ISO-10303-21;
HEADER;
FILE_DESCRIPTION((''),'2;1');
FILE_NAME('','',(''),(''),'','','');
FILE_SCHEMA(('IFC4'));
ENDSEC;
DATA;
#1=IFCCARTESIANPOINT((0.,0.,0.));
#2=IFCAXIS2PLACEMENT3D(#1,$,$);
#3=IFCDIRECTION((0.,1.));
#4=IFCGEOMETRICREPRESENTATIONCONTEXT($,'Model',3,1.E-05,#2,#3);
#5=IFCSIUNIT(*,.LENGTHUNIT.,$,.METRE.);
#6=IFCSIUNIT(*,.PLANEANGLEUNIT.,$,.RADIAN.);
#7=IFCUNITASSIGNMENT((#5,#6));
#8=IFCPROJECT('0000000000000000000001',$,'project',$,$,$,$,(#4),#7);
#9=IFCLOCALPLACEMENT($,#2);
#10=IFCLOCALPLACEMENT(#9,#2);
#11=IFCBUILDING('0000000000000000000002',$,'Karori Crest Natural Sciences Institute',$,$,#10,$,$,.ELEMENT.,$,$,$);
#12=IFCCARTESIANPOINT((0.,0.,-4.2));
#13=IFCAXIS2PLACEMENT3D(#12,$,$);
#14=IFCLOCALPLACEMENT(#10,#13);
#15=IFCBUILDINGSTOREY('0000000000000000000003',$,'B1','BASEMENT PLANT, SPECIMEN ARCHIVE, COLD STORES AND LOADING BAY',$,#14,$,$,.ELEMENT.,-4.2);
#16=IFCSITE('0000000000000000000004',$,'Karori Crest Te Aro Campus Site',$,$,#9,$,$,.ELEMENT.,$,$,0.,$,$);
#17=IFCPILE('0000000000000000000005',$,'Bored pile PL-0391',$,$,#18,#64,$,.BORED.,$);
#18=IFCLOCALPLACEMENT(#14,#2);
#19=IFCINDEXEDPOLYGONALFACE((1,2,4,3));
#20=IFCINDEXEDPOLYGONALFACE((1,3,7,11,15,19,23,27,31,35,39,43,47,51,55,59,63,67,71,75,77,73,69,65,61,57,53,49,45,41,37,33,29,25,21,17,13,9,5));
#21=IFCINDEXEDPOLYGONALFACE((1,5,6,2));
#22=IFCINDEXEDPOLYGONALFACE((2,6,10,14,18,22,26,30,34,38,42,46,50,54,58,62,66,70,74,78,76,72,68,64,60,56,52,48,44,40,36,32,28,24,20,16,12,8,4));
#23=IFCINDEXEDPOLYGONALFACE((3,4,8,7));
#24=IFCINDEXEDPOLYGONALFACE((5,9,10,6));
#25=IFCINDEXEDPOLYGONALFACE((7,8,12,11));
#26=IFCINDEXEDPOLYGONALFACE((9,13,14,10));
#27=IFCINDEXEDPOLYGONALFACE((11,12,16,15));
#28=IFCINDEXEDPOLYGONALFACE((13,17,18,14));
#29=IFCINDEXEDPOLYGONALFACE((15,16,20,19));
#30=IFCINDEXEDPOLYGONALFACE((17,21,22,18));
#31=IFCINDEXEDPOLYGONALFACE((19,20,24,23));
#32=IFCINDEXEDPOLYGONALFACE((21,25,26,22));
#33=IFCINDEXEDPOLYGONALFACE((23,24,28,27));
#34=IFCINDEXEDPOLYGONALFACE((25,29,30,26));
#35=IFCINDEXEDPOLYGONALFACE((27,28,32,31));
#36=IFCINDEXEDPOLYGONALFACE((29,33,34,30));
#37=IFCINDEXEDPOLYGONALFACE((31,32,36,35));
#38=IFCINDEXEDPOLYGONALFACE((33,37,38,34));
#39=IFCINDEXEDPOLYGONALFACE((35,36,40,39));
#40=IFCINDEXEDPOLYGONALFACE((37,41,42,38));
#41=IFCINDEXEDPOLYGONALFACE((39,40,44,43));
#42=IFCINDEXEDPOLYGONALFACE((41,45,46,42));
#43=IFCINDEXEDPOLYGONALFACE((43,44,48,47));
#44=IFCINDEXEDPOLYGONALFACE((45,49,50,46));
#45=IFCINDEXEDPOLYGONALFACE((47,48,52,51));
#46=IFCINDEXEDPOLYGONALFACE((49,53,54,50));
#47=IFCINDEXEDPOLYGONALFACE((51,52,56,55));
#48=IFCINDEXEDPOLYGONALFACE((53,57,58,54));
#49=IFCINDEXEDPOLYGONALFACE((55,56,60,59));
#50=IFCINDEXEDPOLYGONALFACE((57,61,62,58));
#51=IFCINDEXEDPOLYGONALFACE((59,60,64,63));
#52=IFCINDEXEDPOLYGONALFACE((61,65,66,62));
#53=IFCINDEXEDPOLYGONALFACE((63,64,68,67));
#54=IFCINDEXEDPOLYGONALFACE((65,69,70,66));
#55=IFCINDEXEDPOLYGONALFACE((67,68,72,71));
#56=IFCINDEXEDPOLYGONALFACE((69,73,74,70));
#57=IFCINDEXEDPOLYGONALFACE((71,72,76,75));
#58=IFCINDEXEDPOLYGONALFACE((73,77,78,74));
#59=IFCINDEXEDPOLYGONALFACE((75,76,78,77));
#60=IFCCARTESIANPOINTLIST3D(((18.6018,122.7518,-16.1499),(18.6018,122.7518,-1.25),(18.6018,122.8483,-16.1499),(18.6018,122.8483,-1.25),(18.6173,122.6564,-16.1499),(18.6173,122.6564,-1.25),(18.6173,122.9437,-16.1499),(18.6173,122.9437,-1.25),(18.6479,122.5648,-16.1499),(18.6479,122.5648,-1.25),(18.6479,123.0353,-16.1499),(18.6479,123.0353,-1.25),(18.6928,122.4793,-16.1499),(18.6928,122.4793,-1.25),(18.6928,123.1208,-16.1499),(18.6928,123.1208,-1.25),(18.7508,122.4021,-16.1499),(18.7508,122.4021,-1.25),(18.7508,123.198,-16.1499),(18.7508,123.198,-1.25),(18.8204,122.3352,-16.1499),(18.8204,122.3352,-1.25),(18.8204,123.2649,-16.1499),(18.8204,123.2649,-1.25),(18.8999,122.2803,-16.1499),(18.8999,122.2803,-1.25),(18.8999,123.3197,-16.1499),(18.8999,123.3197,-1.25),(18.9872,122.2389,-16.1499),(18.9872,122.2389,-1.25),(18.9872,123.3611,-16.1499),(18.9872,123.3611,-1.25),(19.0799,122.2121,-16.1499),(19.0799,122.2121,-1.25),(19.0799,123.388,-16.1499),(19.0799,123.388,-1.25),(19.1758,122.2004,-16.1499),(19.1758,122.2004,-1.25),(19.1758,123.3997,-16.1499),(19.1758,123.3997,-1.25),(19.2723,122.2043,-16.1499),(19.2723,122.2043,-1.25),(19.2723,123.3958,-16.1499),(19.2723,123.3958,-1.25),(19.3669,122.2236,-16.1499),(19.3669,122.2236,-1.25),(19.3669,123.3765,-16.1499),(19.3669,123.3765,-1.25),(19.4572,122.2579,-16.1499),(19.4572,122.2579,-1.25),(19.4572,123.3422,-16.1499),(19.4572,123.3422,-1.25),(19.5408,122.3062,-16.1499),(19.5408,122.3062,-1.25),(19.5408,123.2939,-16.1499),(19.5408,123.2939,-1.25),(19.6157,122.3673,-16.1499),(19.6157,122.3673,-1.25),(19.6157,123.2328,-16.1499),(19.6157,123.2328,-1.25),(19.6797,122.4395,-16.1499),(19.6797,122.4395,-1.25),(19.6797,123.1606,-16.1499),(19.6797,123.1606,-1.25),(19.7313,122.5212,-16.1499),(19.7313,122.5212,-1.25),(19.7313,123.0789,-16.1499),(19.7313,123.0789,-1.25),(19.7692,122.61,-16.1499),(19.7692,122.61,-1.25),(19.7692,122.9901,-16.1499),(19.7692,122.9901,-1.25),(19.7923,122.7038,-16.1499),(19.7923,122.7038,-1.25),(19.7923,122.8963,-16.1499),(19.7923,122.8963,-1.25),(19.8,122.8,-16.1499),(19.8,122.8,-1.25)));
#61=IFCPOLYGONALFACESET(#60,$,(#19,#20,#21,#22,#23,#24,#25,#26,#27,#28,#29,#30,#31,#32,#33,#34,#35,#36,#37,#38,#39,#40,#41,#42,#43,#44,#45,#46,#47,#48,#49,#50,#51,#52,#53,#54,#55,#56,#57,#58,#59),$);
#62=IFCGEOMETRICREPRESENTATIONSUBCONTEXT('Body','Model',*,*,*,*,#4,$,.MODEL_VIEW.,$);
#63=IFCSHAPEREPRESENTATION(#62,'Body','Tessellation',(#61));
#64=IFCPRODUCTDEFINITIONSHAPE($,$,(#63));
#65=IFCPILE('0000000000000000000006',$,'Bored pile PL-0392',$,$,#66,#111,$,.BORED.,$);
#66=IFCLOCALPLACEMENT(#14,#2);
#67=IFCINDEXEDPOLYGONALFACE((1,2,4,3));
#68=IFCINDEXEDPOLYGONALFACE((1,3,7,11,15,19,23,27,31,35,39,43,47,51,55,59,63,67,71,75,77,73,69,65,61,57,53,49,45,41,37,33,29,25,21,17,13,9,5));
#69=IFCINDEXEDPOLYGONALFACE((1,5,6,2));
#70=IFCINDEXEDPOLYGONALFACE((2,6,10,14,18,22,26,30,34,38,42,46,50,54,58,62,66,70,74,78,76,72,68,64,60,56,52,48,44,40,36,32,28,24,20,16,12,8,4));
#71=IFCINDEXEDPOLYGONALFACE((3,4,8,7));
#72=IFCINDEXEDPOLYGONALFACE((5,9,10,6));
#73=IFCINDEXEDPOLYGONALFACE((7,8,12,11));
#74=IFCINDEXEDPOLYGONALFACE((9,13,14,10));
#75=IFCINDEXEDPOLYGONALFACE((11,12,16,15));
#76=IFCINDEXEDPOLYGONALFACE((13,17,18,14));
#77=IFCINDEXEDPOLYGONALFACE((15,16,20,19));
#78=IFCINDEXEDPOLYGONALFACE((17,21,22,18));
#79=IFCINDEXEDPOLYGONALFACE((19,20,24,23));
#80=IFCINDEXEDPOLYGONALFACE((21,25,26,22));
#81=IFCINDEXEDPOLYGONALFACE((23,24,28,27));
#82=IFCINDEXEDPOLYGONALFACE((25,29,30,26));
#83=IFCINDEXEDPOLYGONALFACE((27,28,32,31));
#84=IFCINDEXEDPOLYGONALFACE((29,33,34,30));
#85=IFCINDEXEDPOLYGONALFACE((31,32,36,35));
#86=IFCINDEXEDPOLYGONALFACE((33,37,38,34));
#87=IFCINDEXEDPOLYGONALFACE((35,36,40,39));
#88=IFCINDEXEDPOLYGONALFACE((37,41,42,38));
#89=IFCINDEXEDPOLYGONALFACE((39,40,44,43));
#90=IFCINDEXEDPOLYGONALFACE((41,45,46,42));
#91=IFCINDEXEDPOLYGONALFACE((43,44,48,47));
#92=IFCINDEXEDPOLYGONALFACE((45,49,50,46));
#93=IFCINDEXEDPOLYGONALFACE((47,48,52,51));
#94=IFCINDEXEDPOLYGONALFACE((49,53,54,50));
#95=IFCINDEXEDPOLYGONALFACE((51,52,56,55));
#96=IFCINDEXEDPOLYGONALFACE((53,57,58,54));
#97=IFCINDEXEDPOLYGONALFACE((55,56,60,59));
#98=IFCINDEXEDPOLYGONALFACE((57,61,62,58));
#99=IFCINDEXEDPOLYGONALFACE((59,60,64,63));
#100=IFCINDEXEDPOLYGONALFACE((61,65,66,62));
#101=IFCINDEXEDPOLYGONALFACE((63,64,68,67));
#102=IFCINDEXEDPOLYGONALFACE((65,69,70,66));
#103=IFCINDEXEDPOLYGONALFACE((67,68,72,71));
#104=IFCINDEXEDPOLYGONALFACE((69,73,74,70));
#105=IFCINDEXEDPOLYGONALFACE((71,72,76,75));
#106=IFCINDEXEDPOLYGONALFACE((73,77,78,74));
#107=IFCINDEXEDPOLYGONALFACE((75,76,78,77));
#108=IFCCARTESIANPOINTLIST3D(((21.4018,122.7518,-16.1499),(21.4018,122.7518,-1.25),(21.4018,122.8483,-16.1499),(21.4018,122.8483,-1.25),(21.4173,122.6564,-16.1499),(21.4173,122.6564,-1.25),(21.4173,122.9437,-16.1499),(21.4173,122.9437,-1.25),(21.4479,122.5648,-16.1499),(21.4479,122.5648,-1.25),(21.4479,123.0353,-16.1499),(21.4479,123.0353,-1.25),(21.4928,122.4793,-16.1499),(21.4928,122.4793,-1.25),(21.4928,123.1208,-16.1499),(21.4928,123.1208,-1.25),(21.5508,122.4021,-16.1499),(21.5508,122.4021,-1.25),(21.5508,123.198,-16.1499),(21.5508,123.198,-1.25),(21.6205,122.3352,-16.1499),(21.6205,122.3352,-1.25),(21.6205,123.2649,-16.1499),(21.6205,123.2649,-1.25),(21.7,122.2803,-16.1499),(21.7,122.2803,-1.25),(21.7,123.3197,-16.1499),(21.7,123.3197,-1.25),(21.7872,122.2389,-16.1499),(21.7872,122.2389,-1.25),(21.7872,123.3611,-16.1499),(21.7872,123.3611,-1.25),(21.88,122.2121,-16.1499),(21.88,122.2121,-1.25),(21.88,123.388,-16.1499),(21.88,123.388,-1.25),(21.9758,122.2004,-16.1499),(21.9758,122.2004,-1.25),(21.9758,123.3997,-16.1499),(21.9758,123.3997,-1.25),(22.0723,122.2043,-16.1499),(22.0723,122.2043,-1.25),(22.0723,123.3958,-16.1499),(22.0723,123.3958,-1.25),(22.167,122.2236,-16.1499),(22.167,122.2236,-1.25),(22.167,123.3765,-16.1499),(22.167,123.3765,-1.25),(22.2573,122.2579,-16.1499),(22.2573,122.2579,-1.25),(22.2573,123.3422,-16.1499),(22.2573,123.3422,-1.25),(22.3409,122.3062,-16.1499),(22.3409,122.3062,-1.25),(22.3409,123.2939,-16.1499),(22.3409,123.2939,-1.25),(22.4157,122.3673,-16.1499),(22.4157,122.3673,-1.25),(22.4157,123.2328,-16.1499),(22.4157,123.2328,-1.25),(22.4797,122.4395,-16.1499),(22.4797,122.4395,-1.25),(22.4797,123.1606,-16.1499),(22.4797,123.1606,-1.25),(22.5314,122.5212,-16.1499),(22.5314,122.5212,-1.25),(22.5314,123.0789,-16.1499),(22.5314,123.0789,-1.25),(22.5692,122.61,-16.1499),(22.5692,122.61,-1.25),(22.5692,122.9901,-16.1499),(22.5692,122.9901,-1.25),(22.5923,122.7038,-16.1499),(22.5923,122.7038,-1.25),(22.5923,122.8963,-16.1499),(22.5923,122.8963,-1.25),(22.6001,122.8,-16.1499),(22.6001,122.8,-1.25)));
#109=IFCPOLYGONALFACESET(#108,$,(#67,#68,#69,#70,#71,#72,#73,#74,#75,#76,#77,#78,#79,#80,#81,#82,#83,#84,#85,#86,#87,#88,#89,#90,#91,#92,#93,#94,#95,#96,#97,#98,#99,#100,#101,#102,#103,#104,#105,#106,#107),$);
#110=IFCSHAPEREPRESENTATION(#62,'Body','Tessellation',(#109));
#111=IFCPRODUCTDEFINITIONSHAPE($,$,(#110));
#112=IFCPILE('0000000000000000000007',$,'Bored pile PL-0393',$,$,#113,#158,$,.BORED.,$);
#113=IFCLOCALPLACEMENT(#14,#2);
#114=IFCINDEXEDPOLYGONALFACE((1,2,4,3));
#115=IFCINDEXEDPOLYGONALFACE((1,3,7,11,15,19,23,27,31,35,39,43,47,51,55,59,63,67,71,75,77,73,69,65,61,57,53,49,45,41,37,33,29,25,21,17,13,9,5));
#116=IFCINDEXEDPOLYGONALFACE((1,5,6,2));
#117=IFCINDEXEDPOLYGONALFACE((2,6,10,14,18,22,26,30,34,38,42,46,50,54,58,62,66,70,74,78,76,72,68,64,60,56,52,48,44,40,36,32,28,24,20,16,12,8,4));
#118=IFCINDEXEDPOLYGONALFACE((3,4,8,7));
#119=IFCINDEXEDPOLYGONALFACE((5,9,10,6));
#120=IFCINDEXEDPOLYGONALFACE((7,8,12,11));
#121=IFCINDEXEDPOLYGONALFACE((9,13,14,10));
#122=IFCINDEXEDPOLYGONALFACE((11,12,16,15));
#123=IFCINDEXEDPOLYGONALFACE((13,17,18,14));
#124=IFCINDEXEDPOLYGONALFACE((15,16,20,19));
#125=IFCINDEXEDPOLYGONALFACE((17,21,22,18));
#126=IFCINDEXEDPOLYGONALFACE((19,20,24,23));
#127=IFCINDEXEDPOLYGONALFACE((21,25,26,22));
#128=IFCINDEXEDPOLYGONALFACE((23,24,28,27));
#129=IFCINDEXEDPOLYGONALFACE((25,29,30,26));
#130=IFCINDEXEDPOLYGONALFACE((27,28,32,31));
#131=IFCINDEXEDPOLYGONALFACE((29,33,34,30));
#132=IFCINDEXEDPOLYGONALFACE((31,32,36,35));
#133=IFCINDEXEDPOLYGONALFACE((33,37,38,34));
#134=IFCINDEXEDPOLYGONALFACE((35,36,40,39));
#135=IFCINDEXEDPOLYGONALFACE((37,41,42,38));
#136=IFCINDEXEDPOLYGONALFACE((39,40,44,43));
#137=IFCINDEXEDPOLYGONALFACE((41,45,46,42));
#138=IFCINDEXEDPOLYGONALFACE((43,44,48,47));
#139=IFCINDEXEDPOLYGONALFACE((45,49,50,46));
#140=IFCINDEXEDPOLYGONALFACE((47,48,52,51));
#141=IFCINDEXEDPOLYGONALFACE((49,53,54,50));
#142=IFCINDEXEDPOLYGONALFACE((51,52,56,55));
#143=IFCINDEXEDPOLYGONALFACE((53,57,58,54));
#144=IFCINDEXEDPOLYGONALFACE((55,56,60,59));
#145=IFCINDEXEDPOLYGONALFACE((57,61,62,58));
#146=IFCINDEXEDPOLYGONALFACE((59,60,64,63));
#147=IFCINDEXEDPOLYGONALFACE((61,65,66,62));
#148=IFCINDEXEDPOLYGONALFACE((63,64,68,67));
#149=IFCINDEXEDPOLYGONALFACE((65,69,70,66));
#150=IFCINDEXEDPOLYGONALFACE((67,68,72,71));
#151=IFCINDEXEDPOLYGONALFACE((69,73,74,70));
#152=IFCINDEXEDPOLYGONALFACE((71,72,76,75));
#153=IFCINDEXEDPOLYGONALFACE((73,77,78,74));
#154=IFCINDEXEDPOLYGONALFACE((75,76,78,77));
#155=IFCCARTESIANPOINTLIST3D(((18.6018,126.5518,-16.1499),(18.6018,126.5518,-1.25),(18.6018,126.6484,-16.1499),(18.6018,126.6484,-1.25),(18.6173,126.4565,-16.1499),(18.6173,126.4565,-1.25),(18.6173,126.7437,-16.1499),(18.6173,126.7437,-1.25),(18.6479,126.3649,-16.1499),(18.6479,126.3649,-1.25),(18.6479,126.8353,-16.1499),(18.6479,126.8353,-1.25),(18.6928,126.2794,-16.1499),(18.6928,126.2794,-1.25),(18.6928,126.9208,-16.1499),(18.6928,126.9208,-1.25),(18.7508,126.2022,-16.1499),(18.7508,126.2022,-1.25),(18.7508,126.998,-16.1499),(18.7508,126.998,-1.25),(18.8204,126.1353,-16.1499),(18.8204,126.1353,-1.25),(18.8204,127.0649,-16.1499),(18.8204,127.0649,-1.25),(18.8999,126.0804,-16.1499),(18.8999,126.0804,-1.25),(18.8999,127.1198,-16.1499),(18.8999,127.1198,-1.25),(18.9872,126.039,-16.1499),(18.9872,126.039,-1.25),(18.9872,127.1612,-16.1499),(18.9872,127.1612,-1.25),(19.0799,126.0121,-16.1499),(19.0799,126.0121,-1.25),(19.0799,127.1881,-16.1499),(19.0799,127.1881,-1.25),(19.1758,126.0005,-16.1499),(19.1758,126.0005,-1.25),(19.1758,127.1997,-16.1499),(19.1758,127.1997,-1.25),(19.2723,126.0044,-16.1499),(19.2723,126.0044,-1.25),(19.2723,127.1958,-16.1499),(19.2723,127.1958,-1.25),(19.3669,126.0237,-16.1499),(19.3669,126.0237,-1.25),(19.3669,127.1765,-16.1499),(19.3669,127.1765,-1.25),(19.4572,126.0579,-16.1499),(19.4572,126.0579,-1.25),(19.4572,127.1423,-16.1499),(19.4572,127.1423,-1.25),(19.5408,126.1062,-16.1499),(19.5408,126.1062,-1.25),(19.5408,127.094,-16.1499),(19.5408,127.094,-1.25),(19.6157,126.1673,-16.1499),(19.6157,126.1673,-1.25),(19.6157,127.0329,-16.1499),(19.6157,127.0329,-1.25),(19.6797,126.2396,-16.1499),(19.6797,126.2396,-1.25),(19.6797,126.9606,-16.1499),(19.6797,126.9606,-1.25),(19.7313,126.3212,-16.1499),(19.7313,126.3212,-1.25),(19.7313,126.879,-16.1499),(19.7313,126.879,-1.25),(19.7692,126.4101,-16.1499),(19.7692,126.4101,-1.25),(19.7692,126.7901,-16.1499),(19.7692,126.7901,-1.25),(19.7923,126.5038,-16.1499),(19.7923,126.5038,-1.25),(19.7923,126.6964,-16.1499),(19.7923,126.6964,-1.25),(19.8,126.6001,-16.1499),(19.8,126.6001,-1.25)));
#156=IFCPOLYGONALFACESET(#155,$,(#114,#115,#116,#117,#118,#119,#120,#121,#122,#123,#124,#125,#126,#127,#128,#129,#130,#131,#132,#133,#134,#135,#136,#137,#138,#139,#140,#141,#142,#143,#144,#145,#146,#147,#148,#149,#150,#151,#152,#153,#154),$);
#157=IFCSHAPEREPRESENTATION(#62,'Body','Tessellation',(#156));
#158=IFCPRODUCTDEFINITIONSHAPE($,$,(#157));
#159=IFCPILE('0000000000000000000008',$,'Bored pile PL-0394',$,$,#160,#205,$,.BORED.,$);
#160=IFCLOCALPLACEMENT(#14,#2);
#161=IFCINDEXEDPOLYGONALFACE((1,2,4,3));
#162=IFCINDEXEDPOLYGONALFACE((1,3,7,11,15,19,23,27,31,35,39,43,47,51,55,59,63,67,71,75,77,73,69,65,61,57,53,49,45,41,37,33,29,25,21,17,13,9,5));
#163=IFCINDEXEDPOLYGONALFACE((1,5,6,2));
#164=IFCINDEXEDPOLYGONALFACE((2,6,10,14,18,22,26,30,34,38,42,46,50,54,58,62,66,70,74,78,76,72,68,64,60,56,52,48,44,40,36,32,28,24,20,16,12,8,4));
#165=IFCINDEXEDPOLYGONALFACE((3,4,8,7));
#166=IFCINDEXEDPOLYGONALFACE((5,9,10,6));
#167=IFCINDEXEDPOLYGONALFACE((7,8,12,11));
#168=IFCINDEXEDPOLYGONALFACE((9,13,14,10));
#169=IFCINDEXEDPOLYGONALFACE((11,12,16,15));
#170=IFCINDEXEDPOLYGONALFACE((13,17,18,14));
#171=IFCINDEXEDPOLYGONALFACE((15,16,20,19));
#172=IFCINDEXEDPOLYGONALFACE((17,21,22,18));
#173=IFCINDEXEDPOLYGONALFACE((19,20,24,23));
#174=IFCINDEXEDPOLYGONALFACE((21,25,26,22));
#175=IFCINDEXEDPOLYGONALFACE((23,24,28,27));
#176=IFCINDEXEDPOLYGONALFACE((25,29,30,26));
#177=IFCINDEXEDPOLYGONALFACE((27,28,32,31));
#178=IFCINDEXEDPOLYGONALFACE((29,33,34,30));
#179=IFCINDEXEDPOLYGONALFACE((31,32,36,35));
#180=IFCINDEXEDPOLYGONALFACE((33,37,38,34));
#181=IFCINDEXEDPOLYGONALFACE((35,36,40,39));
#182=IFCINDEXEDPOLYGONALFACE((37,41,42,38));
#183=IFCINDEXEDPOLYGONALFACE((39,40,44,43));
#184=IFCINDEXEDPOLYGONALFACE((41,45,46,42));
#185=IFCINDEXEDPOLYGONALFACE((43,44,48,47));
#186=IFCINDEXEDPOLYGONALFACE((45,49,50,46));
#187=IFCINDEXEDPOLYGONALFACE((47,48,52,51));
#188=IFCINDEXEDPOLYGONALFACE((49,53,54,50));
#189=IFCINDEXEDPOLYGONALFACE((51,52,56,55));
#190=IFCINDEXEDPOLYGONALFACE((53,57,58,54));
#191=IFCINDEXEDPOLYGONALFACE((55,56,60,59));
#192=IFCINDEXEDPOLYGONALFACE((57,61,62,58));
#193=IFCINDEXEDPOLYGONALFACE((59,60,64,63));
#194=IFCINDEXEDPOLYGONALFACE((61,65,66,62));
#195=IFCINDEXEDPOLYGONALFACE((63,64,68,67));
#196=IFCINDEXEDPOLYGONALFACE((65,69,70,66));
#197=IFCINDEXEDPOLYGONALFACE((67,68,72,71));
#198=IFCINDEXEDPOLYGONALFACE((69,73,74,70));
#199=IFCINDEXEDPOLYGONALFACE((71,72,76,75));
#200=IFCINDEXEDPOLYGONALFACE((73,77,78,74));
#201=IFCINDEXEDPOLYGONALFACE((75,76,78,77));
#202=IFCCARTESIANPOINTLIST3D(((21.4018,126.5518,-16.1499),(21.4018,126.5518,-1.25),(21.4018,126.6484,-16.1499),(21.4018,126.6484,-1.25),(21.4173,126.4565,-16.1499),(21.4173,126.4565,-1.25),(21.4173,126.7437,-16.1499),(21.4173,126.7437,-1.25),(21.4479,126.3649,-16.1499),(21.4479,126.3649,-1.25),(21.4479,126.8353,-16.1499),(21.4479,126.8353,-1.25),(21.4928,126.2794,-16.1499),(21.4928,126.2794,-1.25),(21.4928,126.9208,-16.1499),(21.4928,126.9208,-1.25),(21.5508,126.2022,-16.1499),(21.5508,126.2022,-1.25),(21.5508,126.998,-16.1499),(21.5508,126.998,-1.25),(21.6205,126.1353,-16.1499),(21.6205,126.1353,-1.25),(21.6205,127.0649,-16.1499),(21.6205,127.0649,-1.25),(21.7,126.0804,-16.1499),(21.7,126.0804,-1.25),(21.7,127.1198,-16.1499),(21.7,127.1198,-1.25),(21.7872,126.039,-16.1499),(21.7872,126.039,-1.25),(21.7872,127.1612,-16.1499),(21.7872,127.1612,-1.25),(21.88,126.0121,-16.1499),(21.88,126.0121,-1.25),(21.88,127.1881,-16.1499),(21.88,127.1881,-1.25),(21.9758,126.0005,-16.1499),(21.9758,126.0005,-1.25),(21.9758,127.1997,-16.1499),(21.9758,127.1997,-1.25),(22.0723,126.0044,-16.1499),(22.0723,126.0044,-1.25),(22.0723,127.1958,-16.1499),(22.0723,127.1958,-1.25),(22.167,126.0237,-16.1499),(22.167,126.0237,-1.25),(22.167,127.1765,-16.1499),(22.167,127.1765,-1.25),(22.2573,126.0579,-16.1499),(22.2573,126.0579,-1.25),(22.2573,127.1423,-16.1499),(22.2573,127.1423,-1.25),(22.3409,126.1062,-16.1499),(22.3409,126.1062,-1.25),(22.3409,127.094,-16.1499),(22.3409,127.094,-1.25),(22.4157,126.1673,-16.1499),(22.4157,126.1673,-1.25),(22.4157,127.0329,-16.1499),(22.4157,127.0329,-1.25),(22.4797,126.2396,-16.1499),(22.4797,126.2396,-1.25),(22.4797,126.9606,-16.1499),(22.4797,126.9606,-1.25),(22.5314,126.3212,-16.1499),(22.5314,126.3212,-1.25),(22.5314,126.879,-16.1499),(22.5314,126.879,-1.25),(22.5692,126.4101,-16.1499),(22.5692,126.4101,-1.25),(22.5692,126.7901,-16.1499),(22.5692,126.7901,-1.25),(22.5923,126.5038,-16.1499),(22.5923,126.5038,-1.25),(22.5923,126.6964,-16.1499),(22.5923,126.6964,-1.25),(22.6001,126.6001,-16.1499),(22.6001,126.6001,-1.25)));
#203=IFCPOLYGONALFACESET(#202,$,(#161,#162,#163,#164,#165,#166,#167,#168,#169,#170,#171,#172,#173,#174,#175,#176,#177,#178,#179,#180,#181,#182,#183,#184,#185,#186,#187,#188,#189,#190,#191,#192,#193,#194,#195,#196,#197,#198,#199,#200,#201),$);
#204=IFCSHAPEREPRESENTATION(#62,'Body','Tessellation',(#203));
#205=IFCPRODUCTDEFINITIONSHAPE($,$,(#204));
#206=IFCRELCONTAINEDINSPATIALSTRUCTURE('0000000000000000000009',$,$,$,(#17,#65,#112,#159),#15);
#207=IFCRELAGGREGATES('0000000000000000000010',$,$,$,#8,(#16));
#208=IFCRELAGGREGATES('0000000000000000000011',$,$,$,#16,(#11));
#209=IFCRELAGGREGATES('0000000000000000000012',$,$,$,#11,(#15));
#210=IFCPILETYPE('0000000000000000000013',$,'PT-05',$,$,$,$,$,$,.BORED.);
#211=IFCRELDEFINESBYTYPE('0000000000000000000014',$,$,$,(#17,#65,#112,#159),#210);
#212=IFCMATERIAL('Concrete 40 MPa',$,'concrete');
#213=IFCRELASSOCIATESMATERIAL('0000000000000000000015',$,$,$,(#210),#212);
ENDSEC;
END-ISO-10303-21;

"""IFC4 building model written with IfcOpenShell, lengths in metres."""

from ifc_helpers import new_model, si_unit, direction, frame, origin, origin_2d, place, context, subcontext, project, spatial, circle, extrude, material, material_profile, profile_set, type_object, element, save


model = new_model("IFC4")

# Units and contexts
model_context = context("Model", 3, precision=1e-05, world=origin(), true_north=direction((0.0, 1.0)))
body_context = subcontext(model_context, "Body", "Model", "MODEL_VIEW")
ifc_project = project(units=[si_unit("LENGTHUNIT", "METRE"), si_unit("PLANEANGLEUNIT", "RADIAN")], contexts=[model_context])

# Site, building, storey
site_placement = place(None, origin())
site = spatial("IfcSite", under=ifc_project, at=site_placement, Name="Karori Crest Te Aro Campus Site", CompositionType="ELEMENT", RefElevation=0.0)
building_placement = place(site_placement, origin())
building = spatial("IfcBuilding", under=site, at=building_placement, Name="Karori Crest Natural Sciences Institute", CompositionType="ELEMENT")
storey_placement = place(building_placement, frame((0.0, 0.0, -4.2)))
storey = spatial("IfcBuildingStorey", under=building, at=storey_placement, Name="B1", Description="BASEMENT PLANT, SPECIMEN ARCHIVE, COLD STORES AND LOADING BAY", CompositionType="ELEMENT", Elevation=-4.2)

# Shared definitions
ifc_material_1 = material(Name="Concrete 40 MPa", Category="concrete")

# Piles
ifc_material_profile_1 = material_profile(ifc_material_1, circle(Radius=0.6001, at=origin_2d()), Name="PILE1200")
ifc_profile_set_1 = profile_set([ifc_material_profile_1], Name="Concrete 40 MPa")
pile_type = type_object("IfcPileType", Name="PT-05", PredefinedType="BORED", material=ifc_profile_set_1)
for number, where, z_axis, x_axis, name in (
    (1, (19.2, 122.8, -1.25), (0.0, 0.0, -1.0), (1.0, 0.0, 0.0), "Bored pile PL-0391"),
    (2, (22.0, 122.8, -1.25), (0.0, 0.0, -1.0), (1.0, 0.0, 0.0), "Bored pile PL-0392"),
    (3, (19.2, 126.6001, -1.25), (0.0, 0.0, -1.0), (1.0, 0.0, 0.0), "Bored pile PL-0393"),
    (4, (22.0, 126.6001, -1.25), (0.0, 0.0, -1.0), (1.0, 0.0, 0.0), "Bored pile PL-0394"),
):
    element("IfcPile", number, at=place(storey_placement, frame(where, z_axis=z_axis, x_axis=x_axis)), inside=storey, type_object=pile_type, Name=name, PredefinedType="BORED", context=body_context, shape_type="SweptSolid", body=[
        extrude(circle(Radius=0.6001, at=origin_2d()), origin(), (0.0, 0.0, 1.0), 14.8999),
    ])

save(model, "model.ifc")
